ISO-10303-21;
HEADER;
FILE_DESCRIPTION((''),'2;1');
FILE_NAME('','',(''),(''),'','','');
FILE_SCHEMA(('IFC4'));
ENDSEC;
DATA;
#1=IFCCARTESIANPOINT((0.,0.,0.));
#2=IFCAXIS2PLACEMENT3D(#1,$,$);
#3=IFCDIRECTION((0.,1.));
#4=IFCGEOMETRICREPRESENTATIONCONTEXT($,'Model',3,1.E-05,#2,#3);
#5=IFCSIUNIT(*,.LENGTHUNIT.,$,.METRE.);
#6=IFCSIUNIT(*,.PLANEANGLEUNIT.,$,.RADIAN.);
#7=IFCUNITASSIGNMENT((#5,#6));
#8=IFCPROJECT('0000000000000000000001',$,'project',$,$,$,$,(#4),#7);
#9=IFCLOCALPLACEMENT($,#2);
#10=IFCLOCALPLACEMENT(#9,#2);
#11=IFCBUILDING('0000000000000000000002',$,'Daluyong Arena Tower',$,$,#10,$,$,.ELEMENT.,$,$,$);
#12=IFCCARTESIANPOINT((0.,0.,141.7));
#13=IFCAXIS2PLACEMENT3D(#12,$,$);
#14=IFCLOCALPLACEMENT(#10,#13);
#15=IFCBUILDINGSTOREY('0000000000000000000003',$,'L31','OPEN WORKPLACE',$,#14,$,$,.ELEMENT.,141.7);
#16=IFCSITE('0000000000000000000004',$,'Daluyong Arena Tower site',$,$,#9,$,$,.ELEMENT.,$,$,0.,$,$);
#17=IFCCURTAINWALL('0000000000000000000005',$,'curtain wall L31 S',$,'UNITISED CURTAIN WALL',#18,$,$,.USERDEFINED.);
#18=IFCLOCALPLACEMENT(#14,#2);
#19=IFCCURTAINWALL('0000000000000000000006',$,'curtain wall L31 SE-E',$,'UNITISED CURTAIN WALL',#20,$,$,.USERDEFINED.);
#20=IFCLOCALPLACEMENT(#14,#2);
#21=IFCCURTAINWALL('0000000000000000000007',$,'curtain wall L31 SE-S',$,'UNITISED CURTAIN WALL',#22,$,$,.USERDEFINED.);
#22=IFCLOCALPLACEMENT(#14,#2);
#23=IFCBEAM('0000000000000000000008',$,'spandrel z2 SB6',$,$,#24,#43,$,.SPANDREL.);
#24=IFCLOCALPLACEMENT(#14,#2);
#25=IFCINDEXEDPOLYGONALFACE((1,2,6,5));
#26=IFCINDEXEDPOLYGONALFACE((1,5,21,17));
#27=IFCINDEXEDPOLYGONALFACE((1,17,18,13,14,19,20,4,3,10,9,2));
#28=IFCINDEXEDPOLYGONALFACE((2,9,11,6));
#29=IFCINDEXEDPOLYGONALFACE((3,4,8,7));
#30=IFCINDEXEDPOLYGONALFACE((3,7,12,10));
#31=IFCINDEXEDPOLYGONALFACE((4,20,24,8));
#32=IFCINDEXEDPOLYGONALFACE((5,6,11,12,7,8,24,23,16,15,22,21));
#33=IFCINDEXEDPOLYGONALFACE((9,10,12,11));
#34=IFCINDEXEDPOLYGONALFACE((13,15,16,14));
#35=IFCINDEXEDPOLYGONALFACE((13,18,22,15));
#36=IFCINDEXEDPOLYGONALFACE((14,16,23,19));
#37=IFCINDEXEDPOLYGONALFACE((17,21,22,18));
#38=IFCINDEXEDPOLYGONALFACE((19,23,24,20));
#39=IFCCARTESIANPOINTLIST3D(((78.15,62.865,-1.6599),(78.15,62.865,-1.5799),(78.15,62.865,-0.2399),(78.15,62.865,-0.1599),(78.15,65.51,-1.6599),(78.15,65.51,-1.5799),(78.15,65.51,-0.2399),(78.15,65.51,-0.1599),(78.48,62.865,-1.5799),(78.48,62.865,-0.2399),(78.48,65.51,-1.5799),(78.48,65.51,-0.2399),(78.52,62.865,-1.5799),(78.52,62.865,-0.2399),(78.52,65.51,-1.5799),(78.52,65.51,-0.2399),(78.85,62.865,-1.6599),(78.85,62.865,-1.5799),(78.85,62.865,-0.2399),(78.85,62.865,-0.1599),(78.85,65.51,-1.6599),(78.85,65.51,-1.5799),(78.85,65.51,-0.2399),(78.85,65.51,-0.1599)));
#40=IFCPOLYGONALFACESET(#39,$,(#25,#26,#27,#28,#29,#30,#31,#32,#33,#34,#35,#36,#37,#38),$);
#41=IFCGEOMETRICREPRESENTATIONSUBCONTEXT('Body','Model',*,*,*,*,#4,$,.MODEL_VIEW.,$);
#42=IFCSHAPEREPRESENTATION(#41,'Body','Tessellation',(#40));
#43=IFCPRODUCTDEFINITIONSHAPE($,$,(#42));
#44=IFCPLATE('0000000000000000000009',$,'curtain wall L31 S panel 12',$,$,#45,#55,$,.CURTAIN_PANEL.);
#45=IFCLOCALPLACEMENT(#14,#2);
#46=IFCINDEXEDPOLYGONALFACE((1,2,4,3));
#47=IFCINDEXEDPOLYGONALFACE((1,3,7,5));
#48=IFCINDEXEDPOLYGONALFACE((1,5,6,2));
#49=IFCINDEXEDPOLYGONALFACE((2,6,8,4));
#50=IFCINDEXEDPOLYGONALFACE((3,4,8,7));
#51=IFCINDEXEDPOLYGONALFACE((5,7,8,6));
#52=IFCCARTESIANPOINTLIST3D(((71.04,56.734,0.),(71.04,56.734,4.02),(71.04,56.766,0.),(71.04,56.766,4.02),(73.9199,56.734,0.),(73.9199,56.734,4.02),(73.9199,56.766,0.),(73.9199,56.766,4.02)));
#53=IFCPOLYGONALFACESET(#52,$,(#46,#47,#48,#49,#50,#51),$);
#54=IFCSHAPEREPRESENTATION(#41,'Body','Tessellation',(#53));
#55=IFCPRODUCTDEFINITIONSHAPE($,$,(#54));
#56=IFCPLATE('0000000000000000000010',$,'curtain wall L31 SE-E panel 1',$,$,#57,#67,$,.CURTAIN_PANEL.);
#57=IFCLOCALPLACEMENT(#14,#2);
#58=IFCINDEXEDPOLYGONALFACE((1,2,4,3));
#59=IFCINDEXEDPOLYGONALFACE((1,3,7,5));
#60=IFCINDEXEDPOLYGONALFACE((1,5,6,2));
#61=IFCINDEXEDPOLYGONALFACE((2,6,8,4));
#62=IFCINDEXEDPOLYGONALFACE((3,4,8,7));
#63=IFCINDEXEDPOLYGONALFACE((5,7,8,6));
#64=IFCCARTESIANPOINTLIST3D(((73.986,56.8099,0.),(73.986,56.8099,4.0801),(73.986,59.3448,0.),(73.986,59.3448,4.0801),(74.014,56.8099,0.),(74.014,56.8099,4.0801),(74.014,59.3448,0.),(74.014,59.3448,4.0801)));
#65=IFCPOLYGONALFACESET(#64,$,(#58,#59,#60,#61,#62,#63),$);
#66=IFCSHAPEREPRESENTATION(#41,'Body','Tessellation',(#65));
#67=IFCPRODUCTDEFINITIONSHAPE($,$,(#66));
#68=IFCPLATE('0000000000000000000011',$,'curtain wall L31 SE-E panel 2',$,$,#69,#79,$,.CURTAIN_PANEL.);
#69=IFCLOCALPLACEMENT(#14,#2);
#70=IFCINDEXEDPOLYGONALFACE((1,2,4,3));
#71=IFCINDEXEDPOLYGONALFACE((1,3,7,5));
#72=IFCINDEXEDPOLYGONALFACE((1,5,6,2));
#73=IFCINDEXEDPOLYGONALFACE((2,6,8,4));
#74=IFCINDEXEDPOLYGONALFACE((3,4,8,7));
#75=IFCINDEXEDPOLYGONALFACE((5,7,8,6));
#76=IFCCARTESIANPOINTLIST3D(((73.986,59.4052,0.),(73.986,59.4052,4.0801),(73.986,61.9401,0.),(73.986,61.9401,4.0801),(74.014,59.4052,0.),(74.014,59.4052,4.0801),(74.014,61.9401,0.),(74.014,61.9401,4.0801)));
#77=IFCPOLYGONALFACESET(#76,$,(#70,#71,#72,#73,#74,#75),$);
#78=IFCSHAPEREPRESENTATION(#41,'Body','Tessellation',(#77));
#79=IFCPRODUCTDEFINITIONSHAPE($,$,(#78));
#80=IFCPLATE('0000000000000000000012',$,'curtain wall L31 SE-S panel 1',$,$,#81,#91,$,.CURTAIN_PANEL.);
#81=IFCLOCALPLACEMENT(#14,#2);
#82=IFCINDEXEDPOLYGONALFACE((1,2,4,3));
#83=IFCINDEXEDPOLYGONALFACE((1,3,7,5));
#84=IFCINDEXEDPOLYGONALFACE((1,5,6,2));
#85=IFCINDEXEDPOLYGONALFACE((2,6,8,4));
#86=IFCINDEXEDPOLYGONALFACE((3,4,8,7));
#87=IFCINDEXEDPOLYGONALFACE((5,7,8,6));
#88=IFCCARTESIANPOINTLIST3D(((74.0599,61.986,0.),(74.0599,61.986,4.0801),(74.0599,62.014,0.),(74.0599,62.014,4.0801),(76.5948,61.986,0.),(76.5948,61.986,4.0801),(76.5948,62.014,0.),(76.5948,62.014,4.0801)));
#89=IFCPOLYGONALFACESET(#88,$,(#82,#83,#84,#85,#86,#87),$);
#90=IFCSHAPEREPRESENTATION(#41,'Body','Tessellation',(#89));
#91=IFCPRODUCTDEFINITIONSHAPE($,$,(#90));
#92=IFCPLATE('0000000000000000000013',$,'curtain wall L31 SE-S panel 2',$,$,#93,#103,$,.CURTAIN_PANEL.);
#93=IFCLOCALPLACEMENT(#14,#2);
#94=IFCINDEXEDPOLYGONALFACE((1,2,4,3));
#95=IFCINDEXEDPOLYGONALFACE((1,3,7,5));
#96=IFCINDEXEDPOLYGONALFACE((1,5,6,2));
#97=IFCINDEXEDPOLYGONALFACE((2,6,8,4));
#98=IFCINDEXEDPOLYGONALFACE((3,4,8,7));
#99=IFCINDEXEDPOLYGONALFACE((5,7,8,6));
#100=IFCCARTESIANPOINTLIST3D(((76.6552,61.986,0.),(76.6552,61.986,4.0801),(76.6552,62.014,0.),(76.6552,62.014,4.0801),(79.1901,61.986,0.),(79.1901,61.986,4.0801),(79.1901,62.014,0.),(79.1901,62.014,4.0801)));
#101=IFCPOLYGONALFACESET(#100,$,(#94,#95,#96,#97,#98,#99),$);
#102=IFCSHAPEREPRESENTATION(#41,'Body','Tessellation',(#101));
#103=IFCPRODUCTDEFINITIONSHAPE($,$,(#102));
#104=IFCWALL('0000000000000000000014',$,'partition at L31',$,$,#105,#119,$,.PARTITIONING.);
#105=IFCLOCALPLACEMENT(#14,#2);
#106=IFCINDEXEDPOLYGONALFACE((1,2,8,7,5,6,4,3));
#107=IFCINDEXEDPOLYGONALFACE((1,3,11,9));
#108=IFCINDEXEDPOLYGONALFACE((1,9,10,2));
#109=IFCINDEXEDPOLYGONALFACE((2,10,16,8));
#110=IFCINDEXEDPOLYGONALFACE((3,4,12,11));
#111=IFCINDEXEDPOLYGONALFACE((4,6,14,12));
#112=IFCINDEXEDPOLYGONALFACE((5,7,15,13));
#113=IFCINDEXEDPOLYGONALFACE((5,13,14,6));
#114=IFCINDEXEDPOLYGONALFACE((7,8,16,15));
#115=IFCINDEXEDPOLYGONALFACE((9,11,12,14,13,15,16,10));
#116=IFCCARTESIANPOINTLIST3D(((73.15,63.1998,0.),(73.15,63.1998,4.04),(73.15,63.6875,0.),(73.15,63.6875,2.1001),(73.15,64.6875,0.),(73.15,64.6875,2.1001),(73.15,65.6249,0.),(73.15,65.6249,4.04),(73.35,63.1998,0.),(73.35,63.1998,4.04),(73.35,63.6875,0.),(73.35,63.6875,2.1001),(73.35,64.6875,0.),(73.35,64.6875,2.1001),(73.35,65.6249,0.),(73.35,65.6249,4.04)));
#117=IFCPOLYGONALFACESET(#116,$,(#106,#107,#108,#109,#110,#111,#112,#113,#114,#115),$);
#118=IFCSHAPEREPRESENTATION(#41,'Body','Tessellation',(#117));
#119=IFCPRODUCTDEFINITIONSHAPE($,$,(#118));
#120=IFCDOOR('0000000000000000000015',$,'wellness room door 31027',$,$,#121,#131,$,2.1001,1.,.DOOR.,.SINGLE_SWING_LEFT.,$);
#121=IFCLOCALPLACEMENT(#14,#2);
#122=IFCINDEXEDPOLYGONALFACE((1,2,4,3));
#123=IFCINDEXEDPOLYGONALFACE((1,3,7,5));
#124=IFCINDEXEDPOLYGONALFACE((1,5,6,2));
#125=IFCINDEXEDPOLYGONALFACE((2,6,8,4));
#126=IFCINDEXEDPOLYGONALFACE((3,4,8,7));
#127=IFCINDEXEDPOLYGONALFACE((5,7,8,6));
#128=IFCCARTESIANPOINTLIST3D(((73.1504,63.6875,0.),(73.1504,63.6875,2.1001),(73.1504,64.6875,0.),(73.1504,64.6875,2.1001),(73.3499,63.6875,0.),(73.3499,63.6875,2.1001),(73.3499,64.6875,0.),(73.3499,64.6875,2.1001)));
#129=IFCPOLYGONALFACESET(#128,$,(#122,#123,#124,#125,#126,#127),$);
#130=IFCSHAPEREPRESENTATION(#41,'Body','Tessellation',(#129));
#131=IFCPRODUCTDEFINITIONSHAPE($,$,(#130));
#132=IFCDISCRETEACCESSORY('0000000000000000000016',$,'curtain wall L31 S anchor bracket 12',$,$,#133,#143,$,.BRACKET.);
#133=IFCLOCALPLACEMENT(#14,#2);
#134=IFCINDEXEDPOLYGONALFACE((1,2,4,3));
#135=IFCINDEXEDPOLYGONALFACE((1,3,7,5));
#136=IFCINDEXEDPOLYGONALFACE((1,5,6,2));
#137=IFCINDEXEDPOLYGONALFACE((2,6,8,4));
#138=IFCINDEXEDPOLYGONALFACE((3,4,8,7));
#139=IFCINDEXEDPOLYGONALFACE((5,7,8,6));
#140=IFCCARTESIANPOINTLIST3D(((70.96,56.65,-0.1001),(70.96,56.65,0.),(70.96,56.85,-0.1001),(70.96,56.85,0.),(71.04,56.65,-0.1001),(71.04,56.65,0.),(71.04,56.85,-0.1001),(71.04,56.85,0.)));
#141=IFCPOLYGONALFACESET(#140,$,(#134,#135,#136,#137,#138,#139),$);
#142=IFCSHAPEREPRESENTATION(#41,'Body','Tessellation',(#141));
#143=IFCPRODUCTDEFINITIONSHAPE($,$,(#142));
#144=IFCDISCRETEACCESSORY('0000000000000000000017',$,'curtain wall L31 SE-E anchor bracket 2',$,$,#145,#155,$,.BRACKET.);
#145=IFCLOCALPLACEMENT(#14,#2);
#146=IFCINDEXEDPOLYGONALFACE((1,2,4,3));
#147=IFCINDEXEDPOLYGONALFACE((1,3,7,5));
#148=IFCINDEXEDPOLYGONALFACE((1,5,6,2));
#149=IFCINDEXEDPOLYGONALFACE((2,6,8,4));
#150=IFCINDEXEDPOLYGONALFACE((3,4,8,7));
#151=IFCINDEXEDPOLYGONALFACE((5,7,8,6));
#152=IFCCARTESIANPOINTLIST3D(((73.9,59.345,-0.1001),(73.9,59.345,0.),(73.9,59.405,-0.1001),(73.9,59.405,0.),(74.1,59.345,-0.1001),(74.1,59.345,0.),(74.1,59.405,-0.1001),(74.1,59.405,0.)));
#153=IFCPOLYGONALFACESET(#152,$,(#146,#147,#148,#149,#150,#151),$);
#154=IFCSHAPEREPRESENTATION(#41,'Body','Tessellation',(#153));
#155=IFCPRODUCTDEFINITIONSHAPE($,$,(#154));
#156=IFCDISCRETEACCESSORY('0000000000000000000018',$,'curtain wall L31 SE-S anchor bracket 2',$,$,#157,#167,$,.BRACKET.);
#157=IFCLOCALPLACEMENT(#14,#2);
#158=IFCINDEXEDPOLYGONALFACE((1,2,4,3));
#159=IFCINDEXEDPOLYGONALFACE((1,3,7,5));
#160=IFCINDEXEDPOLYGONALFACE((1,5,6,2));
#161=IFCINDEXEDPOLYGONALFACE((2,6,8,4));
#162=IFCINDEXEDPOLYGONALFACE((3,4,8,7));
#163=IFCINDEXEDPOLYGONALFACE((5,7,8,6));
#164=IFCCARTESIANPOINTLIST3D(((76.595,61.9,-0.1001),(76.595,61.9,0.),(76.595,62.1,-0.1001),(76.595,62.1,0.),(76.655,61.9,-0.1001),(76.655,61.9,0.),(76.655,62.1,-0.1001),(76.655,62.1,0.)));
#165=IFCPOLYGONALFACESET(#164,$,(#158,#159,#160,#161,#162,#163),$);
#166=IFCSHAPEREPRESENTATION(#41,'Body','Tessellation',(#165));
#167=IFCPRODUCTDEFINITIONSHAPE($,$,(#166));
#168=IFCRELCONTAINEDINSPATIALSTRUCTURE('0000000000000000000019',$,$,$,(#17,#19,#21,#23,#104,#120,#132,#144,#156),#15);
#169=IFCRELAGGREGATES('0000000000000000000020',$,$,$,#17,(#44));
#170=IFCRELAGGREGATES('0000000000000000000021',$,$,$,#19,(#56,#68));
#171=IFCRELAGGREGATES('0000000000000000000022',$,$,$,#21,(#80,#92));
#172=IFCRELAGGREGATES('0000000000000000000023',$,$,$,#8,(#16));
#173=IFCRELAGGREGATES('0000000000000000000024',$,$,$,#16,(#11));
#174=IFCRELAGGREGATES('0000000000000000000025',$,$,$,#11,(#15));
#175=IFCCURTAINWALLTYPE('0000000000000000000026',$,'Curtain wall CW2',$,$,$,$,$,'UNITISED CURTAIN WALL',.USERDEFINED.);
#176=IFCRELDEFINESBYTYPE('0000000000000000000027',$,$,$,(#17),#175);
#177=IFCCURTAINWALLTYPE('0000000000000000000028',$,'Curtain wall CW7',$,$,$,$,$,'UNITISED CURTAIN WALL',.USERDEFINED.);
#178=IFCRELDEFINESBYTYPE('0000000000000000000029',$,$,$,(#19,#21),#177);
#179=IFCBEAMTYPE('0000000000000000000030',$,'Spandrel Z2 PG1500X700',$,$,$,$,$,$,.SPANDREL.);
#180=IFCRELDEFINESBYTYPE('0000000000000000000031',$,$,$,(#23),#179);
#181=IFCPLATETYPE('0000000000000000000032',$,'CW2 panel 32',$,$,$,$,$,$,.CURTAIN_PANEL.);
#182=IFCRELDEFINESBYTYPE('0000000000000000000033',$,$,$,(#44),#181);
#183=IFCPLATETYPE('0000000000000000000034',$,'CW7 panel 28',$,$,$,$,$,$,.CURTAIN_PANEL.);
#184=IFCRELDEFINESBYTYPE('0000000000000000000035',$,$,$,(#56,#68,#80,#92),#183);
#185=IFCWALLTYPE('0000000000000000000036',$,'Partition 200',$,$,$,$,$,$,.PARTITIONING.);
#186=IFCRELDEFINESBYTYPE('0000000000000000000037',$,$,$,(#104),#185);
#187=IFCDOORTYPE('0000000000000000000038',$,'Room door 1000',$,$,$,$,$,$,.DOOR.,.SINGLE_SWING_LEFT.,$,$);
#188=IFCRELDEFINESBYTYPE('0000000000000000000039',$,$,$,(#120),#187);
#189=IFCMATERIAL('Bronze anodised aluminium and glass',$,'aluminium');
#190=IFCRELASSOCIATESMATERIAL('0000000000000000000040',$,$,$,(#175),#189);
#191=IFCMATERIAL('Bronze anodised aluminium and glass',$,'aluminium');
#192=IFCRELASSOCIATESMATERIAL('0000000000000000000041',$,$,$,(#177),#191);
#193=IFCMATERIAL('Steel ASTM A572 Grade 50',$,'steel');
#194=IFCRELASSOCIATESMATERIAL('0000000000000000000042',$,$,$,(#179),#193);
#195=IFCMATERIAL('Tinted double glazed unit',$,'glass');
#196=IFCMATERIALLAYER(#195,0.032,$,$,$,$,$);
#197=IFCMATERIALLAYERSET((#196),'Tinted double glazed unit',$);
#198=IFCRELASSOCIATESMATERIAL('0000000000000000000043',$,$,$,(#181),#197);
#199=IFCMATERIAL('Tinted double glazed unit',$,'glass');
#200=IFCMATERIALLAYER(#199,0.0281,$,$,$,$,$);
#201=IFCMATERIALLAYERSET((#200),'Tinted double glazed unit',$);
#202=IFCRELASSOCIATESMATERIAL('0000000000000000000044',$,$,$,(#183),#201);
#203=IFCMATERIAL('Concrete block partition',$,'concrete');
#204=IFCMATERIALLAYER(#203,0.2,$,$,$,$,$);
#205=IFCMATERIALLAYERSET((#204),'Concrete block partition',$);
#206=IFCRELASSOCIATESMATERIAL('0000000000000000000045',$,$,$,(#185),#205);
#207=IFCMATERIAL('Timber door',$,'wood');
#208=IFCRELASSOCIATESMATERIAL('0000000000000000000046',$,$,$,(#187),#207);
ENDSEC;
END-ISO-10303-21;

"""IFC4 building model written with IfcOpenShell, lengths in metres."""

from ifc_helpers import new_model, si_unit, direction, frame, frame_2d, origin, origin_2d, place, context, subcontext, project, spatial, rectangle, i_section, extrude, material, layer, layer_set, material_profile, profile_set, type_object, element, fill, aggregate, save


model = new_model("IFC4")

# Units and contexts
model_context = context("Model", 3, precision=1e-05, world=origin(), true_north=direction((0.0, 1.0)))
body_context = subcontext(model_context, "Body", "Model", "MODEL_VIEW")
ifc_project = project(units=[si_unit("LENGTHUNIT", "METRE"), si_unit("PLANEANGLEUNIT", "RADIAN")], contexts=[model_context])

# Site, building, storey
site_placement = place(None, origin())
site = spatial("IfcSite", under=ifc_project, at=site_placement, Name="Daluyong Arena Tower site", CompositionType="ELEMENT", RefElevation=0.0)
building_placement = place(site_placement, origin())
building = spatial("IfcBuilding", under=site, at=building_placement, Name="Daluyong Arena Tower", CompositionType="ELEMENT")
storey_placement = place(building_placement, frame((0.0, 0.0, 141.7)))
storey = spatial("IfcBuildingStorey", under=building, at=storey_placement, Name="L31", Description="OPEN WORKPLACE", CompositionType="ELEMENT", Elevation=141.7)

# Curtain wall
ifc_material_1 = material(Name="Bronze anodised aluminium and glass", Category="aluminium")
curtain_wall_type_1 = type_object("IfcCurtainWallType", Name="Curtain wall CW2", ElementType="UNITISED CURTAIN WALL", PredefinedType="USERDEFINED", material=ifc_material_1)
curtain_wall_1_placement = place(storey_placement, origin())
curtain_wall_1 = element("IfcCurtainWall", 1, at=curtain_wall_1_placement, inside=storey, type_object=curtain_wall_type_1, Name="curtain wall L31 S", ObjectType="UNITISED CURTAIN WALL", PredefinedType="USERDEFINED")

# Curtain walls
ifc_material_2 = material(Name="Bronze anodised aluminium and glass", Category="aluminium")
curtain_wall_type_2 = type_object("IfcCurtainWallType", Name="Curtain wall CW7", ElementType="UNITISED CURTAIN WALL", PredefinedType="USERDEFINED", material=ifc_material_2)
curtain_wall_2_placement = place(storey_placement, origin())
curtain_wall_2 = element("IfcCurtainWall", 2, at=curtain_wall_2_placement, inside=storey, type_object=curtain_wall_type_2, Name="curtain wall L31 SE-E", ObjectType="UNITISED CURTAIN WALL", PredefinedType="USERDEFINED")
curtain_wall_3_placement = place(storey_placement, origin())
curtain_wall_3 = element("IfcCurtainWall", 3, at=curtain_wall_3_placement, inside=storey, type_object=curtain_wall_type_2, Name="curtain wall L31 SE-S", ObjectType="UNITISED CURTAIN WALL", PredefinedType="USERDEFINED")

# Beam
ifc_material_3 = material(Name="Steel ASTM A572 Grade 50", Category="steel")
ifc_material_profile_1 = material_profile(ifc_material_3, i_section(OverallWidth=0.7, OverallDepth=1.5, WebThickness=0.04, FlangeThickness=0.08, at=origin_2d()))
ifc_profile_set_1 = profile_set([ifc_material_profile_1], Name="Steel ASTM A572 Grade 50")
beam_type_1 = type_object("IfcBeamType", Name="Spandrel Z2 PG1500X700", PredefinedType="SPANDREL", material=ifc_profile_set_1)
beam_1_placement = place(storey_placement, frame((78.5, 62.865, -0.9099), z_axis=(0.0, 1.0, 0.0), x_axis=(-1.0, 0.0, 0.0)))
element("IfcBeam", 4, at=beam_1_placement, inside=storey, type_object=beam_type_1, Name="spandrel z2 SB6", PredefinedType="SPANDREL", context=body_context, shape_type="SweptSolid", body=[
    extrude(i_section(OverallWidth=0.7, OverallDepth=1.5, WebThickness=0.04, FlangeThickness=0.08, at=origin_2d()), origin(), (0.0, 0.0, 1.0), 2.645),
])

# Plates
ifc_material_4 = material(Name="Tinted double glazed unit", Category="glass")
ifc_layer_1 = layer(ifc_material_4, 0.032)
ifc_layer_set_1 = layer_set([ifc_layer_1], Name="Tinted double glazed unit")
plate_type_1 = type_object("IfcPlateType", Name="CW2 panel 32", PredefinedType="CURTAIN_PANEL", material=ifc_layer_set_1)
plate_1_placement = place(storey_placement, frame((72.48, 56.75, 0.0), z_axis=(0.0, 0.0, 1.0), x_axis=(1.0, 0.0, 0.0)))
plate_1 = element("IfcPlate", 5, at=plate_1_placement, type_object=plate_type_1, Name="curtain wall L31 S panel 12", PredefinedType="CURTAIN_PANEL", context=body_context, shape_type="SweptSolid", body=[
    extrude(rectangle(XDim=2.8799, YDim=0.032, at=origin_2d()), origin(), (0.0, 0.0, 1.0), 4.02),
])
aggregate(curtain_wall_1, [plate_1])
ifc_material_5 = material(Name="Tinted double glazed unit", Category="glass")
ifc_layer_2 = layer(ifc_material_5, 0.0281)
ifc_layer_set_2 = layer_set([ifc_layer_2], Name="Tinted double glazed unit")
plate_type_2 = type_object("IfcPlateType", Name="CW7 panel 28", PredefinedType="CURTAIN_PANEL", material=ifc_layer_set_2)
plate_2_placement = place(storey_placement, frame((74.0, 58.0774, 0.0), z_axis=(0.0, 0.0, 1.0), x_axis=(0.0, 1.0, 0.0)))
plate_2 = element("IfcPlate", 6, at=plate_2_placement, type_object=plate_type_2, Name="curtain wall L31 SE-E panel 1", PredefinedType="CURTAIN_PANEL", context=body_context, shape_type="SweptSolid", body=[
    extrude(rectangle(XDim=2.5349, YDim=0.0281, at=origin_2d()), origin(), (0.0, 0.0, 1.0), 4.0801),
])
plate_3_placement = place(storey_placement, frame((74.0, 60.6726, 0.0), z_axis=(0.0, 0.0, 1.0), x_axis=(0.0, 1.0, 0.0)))
plate_3 = element("IfcPlate", 7, at=plate_3_placement, type_object=plate_type_2, Name="curtain wall L31 SE-E panel 2", PredefinedType="CURTAIN_PANEL", context=body_context, shape_type="SweptSolid", body=[
    extrude(rectangle(XDim=2.5349, YDim=0.0281, at=origin_2d()), origin(), (0.0, 0.0, 1.0), 4.0801),
])
aggregate(curtain_wall_2, [plate_2, plate_3])
plate_4_placement = place(storey_placement, frame((75.3274, 62.0, 0.0), z_axis=(0.0, 0.0, 1.0), x_axis=(1.0, 0.0, 0.0)))
plate_4 = element("IfcPlate", 8, at=plate_4_placement, type_object=plate_type_2, Name="curtain wall L31 SE-S panel 1", PredefinedType="CURTAIN_PANEL", context=body_context, shape_type="SweptSolid", body=[
    extrude(rectangle(XDim=2.5349, YDim=0.0281, at=origin_2d()), origin(), (0.0, 0.0, 1.0), 4.0801),
])
plate_5_placement = place(storey_placement, frame((77.9226, 62.0, 0.0), z_axis=(0.0, 0.0, 1.0), x_axis=(1.0, 0.0, 0.0)))
plate_5 = element("IfcPlate", 9, at=plate_5_placement, type_object=plate_type_2, Name="curtain wall L31 SE-S panel 2", PredefinedType="CURTAIN_PANEL", context=body_context, shape_type="SweptSolid", body=[
    extrude(rectangle(XDim=2.5349, YDim=0.0281, at=origin_2d()), origin(), (0.0, 0.0, 1.0), 4.0801),
])
aggregate(curtain_wall_3, [plate_4, plate_5])

# Wall, opening, door
ifc_material_6 = material(Name="Concrete block partition", Category="concrete")
ifc_layer_3 = layer(ifc_material_6, 0.2)
ifc_layer_set_3 = layer_set([ifc_layer_3], Name="Concrete block partition")
wall_type = type_object("IfcWallType", Name="Partition 200", PredefinedType="PARTITIONING", material=ifc_layer_set_3)
wall_placement = place(storey_placement, frame((73.25, 63.2, 0.0), z_axis=(0.0, 0.0, 1.0), x_axis=(0.0, 1.0, 0.0)))
wall = element("IfcWall", 10, at=wall_placement, inside=storey, type_object=wall_type, Name="partition at L31", PredefinedType="PARTITIONING", context=body_context, shape_type="SweptSolid", body=[
    extrude(rectangle(XDim=2.425, YDim=0.2, at=frame_2d((1.2124, 0.0))), origin(), (0.0, 0.0, 1.0), 4.04),
])
opening_placement = place(wall_placement, frame((0.4875, 0.0, 0.0)))
opening = element("IfcOpeningElement", 11, at=opening_placement, cuts=wall, PredefinedType="OPENING", context=body_context, shape_type="SweptSolid", body=[
    extrude(rectangle(XDim=1.0, YDim=2.1001, at=frame_2d((0.5, 1.05))), frame((0.0, 0.1099, 0.0), z_axis=(0.0, -1.0, 0.0), x_axis=(1.0, 0.0, 0.0)), (0.0, 0.0, 1.0), 0.22),
])
ifc_material_7 = material(Name="Timber door", Category="wood")
door_type = type_object("IfcDoorType", Name="Room door 1000", OperationType="SINGLE_SWING_LEFT", PredefinedType="DOOR", material=ifc_material_7)
door_placement = place(opening_placement, origin())
door = element("IfcDoor", 12, at=door_placement, inside=storey, type_object=door_type, Name="wellness room door 31027", OperationType="SINGLE_SWING_LEFT", OverallHeight=2.1001, OverallWidth=1.0, PredefinedType="DOOR", context=body_context, shape_type="SweptSolid", body=[
    extrude(rectangle(XDim=1.0, YDim=2.1001, at=frame_2d((0.5, 1.05))), frame((0.0, 0.0996, 0.0), z_axis=(0.0, -1.0, 0.0), x_axis=(1.0, 0.0, 0.0)), (0.0, 0.0, 1.0), 0.1995),
])
fill(opening, door)

# Discrete accessories
discrete_accessory_placement = place(storey_placement, frame((71.0, 56.75, -0.1001), z_axis=(0.0, 0.0, 1.0), x_axis=(1.0, 0.0, 0.0)))
element("IfcDiscreteAccessory", 13, at=discrete_accessory_placement, inside=storey, Name="curtain wall L31 S anchor bracket 12", PredefinedType="BRACKET", context=body_context, shape_type="SweptSolid", body=[
    extrude(rectangle(XDim=0.0801, YDim=0.2, at=origin_2d()), origin(), (0.0, 0.0, 1.0), 0.1001),
])
for number, where, z_axis, x_axis, name in (
    (14, (74.0, 59.375, -0.1001), (0.0, 0.0, 1.0), (0.0, 1.0, 0.0), "curtain wall L31 SE-E anchor bracket 2"),
    (15, (76.625, 62.0, -0.1001), (0.0, 0.0, 1.0), (1.0, 0.0, 0.0), "curtain wall L31 SE-S anchor bracket 2"),
):
    element("IfcDiscreteAccessory", number, at=place(storey_placement, frame(where, z_axis=z_axis, x_axis=x_axis)), inside=storey, Name=name, PredefinedType="BRACKET", context=body_context, shape_type="SweptSolid", body=[
        extrude(rectangle(XDim=0.0601, YDim=0.2, at=origin_2d()), origin(), (0.0, 0.0, 1.0), 0.1001),
    ])

save(model, "model.ifc")
